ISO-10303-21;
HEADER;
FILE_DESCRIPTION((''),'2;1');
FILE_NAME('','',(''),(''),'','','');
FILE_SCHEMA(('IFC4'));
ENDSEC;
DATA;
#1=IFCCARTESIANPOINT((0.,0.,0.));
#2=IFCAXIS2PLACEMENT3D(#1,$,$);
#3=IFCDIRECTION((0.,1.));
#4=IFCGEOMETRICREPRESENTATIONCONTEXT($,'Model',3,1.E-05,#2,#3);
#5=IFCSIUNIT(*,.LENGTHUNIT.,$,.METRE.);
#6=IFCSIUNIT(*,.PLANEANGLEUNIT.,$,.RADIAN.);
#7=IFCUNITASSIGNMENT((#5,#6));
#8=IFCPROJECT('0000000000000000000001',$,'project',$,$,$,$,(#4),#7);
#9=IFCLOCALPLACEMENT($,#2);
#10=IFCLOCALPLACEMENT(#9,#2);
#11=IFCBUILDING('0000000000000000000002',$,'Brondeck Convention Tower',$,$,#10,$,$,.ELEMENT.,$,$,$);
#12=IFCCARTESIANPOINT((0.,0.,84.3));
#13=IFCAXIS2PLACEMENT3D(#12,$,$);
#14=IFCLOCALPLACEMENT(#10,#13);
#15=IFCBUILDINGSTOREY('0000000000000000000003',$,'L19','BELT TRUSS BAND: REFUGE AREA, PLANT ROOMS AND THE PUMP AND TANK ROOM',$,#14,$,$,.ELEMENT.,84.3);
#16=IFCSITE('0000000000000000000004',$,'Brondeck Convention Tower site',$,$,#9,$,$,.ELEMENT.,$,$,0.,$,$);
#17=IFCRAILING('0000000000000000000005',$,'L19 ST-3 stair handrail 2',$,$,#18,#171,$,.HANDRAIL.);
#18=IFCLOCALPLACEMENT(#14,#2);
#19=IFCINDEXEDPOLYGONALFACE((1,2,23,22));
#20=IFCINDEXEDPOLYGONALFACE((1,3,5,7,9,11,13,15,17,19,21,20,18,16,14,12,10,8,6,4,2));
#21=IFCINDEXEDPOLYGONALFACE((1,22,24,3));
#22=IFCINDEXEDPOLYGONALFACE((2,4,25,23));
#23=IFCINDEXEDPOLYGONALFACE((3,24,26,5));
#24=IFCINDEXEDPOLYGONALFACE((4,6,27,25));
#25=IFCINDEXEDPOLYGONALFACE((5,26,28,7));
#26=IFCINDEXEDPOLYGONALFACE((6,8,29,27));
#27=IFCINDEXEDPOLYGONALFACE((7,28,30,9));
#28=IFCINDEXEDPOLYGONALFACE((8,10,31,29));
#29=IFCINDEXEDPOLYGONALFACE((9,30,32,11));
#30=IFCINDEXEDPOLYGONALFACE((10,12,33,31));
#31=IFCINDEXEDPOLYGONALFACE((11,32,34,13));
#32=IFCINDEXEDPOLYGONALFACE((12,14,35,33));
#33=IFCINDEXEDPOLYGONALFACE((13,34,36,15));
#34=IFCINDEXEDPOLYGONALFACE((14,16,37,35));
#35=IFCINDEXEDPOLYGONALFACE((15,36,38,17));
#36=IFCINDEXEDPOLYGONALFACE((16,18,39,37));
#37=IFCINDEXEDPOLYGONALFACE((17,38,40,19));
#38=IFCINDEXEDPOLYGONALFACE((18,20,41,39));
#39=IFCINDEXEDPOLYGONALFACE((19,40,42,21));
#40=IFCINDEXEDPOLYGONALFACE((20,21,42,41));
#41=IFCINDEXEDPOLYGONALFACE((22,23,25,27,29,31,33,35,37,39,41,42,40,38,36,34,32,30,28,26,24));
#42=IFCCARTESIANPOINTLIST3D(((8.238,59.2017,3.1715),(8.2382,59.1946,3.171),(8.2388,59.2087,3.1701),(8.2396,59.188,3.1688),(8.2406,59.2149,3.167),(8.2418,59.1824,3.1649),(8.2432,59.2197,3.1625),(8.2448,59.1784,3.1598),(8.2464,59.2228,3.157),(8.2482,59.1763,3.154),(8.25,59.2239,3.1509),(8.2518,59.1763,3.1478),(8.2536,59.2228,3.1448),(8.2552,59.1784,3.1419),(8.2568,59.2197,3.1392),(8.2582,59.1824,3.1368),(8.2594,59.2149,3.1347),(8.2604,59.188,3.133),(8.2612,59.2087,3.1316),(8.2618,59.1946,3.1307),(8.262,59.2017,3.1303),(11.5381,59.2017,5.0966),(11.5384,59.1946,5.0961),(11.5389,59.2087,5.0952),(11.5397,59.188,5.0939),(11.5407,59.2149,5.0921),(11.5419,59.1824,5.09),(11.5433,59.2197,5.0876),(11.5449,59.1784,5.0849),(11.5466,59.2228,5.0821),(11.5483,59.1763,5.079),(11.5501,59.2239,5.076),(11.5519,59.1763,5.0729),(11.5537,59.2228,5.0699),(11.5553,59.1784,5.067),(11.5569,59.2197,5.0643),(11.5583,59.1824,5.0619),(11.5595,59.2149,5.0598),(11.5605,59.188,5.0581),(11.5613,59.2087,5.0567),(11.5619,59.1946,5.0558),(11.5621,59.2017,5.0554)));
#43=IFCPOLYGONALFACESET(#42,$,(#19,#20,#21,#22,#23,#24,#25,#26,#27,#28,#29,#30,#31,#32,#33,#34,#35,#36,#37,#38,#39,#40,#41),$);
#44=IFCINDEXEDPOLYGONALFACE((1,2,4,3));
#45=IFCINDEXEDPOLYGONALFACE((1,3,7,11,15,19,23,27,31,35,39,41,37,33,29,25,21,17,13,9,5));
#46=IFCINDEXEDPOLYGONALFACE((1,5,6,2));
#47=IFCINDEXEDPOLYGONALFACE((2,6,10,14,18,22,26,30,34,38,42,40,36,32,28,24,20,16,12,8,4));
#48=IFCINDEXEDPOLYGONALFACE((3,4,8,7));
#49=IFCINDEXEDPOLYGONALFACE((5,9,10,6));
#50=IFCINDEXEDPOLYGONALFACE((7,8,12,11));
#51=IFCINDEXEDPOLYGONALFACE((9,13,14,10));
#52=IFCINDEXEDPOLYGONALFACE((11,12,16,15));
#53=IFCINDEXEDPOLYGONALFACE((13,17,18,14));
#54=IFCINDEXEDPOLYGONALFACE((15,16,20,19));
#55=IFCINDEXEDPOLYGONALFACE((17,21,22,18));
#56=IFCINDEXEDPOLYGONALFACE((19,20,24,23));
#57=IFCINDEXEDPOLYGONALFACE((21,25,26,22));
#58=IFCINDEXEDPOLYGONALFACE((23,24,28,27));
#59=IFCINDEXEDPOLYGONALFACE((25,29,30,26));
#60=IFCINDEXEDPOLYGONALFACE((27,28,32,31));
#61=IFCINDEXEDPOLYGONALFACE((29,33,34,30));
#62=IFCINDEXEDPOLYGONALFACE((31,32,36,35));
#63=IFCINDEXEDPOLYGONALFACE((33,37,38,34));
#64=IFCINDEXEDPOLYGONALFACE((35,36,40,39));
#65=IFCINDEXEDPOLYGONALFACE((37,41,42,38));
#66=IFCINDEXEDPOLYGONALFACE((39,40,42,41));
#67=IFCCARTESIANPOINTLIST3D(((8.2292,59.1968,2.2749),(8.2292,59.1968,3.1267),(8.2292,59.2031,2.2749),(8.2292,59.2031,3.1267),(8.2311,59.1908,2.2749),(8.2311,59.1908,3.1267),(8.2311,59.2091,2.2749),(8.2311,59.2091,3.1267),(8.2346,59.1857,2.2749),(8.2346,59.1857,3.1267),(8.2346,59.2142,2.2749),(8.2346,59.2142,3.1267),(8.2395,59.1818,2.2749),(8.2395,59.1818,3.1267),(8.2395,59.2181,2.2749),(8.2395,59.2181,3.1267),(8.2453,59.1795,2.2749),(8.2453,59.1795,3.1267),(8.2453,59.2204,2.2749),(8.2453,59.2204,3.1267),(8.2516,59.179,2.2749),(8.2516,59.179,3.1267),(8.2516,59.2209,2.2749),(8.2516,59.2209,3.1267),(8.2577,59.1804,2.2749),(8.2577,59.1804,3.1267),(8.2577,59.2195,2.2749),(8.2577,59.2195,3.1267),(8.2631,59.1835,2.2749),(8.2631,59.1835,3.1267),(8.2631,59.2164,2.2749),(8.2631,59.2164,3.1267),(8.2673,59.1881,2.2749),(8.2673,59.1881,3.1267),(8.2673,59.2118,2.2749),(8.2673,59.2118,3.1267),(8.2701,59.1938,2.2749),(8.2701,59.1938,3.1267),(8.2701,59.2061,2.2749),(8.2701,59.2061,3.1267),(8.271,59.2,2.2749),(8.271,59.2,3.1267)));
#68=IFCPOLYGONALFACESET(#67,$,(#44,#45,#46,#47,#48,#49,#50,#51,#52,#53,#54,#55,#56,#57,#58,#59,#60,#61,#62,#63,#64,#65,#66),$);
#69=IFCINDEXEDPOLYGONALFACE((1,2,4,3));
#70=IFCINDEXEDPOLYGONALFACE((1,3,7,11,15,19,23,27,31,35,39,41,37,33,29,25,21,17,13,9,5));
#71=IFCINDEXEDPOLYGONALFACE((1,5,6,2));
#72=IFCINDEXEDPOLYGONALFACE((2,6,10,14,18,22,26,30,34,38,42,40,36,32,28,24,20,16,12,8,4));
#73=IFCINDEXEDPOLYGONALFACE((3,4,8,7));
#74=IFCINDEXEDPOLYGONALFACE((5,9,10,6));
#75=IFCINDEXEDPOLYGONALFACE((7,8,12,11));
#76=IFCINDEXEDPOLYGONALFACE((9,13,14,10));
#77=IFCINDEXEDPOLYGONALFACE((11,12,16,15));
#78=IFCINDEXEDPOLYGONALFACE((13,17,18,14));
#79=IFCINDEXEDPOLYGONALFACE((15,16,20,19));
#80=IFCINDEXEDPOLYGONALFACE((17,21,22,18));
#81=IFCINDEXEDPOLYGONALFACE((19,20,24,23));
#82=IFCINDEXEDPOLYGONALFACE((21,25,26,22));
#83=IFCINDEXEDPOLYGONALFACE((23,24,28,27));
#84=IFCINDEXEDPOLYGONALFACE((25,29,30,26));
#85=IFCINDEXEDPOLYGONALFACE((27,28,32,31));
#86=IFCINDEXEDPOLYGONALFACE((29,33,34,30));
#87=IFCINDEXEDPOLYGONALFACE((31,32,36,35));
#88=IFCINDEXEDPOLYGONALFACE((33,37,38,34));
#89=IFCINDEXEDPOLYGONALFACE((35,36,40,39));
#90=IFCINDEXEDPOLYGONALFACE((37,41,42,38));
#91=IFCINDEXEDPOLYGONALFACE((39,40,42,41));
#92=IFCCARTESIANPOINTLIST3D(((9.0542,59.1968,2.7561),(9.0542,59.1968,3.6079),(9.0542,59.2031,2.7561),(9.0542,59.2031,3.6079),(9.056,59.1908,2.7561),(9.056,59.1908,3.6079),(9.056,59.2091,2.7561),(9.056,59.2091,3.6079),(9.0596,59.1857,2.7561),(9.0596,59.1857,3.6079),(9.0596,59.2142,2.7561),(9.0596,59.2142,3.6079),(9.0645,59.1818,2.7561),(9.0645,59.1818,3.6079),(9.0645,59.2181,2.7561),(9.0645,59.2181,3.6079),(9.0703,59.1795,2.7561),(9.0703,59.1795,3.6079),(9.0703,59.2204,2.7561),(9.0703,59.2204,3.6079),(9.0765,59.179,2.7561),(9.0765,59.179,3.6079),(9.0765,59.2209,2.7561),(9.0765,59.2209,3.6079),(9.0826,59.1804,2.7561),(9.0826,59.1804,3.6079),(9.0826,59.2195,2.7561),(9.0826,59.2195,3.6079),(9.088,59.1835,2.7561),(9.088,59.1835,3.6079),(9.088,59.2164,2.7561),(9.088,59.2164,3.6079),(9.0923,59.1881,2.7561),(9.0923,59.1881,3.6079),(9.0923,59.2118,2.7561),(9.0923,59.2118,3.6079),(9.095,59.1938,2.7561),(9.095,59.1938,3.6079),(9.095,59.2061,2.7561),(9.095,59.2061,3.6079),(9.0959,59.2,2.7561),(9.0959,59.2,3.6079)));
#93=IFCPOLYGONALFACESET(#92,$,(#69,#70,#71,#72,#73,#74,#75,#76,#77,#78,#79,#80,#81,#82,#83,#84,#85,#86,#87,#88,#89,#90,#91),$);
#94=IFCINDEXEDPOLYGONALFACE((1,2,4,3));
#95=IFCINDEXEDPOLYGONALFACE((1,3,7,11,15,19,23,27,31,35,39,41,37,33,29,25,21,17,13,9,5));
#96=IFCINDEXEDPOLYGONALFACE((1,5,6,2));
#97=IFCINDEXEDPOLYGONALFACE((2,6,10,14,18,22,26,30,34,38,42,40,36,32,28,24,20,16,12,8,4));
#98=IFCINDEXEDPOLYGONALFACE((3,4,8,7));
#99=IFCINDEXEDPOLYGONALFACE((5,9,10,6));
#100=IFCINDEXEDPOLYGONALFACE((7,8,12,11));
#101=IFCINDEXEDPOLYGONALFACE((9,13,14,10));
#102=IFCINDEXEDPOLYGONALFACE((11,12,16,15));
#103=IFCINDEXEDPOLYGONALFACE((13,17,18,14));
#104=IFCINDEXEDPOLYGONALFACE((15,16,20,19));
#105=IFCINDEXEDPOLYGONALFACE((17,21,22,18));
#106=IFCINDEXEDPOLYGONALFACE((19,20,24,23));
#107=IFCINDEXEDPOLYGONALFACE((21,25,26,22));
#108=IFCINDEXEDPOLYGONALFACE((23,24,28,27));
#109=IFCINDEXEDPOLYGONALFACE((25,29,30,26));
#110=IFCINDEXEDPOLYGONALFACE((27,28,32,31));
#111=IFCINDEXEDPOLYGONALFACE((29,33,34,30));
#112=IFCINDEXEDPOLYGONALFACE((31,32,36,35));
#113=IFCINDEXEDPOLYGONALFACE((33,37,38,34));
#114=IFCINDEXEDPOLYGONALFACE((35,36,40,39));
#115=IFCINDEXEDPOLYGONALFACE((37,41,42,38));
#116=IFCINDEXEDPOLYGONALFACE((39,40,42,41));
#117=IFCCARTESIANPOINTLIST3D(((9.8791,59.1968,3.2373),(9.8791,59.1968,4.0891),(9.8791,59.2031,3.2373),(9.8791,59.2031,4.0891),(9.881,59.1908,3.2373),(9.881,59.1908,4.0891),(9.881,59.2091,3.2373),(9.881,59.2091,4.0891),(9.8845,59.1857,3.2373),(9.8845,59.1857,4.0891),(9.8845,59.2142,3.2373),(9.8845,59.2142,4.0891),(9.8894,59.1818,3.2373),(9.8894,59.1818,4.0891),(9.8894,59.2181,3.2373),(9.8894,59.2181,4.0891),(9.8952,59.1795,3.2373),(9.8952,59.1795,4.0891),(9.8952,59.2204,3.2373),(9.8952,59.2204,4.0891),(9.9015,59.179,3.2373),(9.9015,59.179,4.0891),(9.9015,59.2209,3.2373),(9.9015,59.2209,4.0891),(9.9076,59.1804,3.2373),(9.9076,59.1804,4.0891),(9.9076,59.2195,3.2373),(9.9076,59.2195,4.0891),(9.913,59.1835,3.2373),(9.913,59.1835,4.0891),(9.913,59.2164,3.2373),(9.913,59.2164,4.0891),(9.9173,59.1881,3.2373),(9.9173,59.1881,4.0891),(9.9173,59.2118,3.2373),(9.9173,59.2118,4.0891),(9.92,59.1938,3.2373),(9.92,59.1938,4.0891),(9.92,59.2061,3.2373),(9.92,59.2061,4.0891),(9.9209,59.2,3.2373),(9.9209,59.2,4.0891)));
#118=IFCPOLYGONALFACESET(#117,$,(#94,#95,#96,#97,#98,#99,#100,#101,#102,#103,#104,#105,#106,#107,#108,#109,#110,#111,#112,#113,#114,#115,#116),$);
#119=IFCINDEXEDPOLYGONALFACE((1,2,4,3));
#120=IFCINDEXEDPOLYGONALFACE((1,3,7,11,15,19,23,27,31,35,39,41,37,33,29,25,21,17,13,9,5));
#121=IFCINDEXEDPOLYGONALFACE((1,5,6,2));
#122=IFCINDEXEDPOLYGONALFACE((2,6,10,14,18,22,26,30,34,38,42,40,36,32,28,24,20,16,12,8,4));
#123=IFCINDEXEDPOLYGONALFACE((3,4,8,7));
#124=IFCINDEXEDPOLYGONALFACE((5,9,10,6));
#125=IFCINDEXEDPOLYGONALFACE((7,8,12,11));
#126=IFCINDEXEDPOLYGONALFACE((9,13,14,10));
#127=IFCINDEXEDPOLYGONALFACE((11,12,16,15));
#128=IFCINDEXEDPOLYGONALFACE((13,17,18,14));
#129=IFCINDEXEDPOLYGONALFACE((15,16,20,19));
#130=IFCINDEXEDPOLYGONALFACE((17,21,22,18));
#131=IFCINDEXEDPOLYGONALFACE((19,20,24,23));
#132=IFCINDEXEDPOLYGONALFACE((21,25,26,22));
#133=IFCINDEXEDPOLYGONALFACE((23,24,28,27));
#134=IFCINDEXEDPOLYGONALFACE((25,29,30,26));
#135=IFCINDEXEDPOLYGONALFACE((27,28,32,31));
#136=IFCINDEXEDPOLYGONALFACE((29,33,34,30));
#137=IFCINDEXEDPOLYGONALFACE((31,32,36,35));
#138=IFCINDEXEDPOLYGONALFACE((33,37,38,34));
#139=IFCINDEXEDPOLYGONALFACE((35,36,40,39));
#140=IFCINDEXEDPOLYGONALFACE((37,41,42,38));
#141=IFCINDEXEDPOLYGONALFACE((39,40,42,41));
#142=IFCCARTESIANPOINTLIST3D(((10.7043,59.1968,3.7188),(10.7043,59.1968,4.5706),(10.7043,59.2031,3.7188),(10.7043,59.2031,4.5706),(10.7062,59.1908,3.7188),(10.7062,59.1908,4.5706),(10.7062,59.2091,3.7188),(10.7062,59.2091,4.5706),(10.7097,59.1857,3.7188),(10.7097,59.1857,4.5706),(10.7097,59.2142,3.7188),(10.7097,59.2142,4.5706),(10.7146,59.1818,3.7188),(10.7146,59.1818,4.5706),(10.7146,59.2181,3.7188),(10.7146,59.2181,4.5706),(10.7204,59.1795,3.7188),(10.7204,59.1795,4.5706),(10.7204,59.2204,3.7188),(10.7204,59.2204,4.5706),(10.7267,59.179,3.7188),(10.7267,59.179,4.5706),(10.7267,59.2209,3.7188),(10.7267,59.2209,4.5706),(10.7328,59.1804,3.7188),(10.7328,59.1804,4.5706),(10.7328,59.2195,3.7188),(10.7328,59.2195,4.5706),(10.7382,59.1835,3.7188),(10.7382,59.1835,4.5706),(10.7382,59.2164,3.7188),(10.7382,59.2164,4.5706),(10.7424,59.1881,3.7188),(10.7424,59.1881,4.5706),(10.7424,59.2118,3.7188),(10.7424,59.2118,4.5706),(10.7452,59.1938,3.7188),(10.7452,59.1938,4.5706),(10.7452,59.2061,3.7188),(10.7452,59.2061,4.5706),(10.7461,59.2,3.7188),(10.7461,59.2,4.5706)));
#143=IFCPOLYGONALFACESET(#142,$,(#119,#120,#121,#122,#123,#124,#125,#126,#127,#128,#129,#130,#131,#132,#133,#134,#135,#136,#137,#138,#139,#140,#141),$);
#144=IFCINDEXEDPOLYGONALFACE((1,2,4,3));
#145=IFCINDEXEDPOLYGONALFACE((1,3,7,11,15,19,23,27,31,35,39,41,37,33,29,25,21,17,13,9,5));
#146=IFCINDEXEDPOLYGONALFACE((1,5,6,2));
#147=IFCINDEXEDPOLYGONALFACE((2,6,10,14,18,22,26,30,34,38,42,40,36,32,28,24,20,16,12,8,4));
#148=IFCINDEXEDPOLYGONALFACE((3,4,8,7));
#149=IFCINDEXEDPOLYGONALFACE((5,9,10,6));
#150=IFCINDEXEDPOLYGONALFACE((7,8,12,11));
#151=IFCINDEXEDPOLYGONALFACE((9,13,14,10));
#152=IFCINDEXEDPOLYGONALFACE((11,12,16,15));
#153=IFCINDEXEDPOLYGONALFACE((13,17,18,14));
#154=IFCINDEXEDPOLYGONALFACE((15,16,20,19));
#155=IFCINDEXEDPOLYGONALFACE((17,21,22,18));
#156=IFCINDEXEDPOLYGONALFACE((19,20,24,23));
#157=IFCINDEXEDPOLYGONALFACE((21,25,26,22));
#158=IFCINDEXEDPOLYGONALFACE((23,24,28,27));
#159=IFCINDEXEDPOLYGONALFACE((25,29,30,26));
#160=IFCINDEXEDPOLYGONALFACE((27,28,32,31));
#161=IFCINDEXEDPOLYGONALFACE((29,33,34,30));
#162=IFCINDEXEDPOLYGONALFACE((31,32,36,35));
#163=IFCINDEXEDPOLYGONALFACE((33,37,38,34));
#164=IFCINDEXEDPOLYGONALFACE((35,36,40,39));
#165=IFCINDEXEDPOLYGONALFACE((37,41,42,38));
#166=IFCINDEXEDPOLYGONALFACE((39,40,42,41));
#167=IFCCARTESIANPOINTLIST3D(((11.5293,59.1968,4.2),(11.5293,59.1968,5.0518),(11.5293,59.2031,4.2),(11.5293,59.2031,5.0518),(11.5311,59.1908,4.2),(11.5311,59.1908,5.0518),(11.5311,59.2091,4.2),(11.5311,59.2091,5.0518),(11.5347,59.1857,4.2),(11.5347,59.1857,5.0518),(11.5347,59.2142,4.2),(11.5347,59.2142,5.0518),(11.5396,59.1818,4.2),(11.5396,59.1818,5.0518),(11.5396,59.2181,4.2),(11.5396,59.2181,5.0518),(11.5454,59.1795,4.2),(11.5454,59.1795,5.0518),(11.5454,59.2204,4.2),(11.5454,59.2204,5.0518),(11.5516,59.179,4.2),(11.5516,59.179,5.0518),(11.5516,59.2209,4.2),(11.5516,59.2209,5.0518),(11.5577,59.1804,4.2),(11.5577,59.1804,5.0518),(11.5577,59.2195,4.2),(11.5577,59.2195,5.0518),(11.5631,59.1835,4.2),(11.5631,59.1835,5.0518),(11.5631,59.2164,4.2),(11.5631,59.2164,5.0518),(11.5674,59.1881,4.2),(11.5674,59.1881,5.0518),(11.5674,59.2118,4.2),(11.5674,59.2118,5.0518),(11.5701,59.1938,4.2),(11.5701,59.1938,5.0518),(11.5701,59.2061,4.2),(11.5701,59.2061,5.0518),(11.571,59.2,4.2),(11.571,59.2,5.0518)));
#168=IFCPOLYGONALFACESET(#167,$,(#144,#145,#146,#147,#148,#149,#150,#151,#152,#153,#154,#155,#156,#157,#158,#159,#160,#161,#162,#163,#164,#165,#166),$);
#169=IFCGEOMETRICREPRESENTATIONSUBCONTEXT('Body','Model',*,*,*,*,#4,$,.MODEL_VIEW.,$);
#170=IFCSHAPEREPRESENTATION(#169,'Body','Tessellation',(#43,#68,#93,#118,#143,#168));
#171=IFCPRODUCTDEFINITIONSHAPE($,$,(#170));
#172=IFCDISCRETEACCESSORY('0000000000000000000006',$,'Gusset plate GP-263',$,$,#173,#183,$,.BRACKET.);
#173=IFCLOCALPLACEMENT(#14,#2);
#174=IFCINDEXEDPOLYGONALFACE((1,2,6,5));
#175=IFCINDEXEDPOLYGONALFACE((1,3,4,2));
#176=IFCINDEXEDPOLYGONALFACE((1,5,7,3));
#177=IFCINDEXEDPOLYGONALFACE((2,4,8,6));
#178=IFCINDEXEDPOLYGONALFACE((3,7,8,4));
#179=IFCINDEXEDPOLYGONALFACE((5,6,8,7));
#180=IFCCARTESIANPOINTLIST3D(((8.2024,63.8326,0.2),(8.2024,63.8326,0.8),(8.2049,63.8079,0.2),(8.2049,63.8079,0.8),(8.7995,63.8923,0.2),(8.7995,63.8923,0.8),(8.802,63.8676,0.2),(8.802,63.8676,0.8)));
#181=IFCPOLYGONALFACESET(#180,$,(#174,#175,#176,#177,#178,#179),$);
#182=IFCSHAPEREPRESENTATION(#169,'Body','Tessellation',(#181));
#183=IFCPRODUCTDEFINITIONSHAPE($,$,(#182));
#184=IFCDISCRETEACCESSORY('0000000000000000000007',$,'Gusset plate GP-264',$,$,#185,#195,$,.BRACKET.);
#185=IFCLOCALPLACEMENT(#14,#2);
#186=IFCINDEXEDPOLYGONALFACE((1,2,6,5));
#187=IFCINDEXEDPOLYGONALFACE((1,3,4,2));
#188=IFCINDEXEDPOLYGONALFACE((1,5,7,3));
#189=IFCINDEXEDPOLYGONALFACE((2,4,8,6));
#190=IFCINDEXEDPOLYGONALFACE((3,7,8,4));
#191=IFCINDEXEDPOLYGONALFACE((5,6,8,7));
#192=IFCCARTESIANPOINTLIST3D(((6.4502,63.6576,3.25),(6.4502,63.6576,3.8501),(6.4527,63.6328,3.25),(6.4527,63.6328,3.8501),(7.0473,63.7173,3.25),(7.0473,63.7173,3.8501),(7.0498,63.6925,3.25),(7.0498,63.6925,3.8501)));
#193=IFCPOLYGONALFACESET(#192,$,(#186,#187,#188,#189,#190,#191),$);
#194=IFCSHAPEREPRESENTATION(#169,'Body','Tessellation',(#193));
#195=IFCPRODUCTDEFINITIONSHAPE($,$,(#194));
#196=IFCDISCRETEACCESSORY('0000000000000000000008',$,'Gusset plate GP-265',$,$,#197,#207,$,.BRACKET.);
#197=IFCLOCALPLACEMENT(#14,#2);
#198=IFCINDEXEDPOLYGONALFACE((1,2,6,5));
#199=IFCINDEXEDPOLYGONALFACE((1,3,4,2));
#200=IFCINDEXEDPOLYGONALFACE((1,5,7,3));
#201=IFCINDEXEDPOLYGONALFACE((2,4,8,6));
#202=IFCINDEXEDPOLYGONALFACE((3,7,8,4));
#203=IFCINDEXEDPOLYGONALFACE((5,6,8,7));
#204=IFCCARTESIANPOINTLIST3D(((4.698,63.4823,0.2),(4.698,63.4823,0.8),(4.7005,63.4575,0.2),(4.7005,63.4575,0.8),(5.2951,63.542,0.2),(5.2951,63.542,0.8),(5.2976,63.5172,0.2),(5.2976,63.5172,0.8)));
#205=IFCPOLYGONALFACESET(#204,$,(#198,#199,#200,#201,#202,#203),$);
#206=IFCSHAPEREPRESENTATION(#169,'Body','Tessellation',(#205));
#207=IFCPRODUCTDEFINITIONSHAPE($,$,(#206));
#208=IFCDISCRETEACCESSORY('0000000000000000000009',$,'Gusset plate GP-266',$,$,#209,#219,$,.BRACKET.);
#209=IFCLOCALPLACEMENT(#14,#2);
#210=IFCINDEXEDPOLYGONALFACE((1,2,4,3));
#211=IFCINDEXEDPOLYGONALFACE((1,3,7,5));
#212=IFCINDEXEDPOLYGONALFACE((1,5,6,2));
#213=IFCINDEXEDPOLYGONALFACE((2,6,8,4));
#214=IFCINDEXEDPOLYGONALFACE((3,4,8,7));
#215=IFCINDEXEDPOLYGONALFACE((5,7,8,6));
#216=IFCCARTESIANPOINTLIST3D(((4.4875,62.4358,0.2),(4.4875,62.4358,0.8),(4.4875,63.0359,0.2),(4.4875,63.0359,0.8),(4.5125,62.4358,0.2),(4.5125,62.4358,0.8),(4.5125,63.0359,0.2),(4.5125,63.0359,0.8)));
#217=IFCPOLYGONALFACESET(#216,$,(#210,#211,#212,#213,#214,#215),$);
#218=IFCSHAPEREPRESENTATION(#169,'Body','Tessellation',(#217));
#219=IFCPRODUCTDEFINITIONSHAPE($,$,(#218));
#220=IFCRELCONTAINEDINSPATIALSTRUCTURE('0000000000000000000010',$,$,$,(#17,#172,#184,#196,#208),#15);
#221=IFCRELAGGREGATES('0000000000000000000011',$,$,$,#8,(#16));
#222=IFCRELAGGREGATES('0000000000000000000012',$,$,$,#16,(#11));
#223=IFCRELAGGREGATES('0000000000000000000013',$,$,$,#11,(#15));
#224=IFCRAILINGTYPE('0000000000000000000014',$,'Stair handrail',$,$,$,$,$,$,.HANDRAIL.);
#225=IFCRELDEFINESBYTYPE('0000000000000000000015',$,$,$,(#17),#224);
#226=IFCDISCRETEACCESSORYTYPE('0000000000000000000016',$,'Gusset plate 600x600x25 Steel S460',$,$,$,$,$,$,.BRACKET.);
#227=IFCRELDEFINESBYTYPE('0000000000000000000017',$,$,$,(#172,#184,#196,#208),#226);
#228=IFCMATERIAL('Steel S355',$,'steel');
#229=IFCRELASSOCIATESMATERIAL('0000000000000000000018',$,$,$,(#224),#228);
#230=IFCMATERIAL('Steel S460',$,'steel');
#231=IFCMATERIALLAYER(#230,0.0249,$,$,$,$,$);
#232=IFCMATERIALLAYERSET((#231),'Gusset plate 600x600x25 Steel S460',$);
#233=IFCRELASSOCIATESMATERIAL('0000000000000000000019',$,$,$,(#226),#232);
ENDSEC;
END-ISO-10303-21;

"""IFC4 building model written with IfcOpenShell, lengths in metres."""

from ifc_helpers import new_model, si_unit, direction, frame, origin, origin_2d, place, context, subcontext, project, spatial, rectangle, circle, extrude, material, layer, layer_set, type_object, element, save


model = new_model("IFC4")

# Units and contexts
model_context = context("Model", 3, precision=1e-05, world=origin(), true_north=direction((0.0, 1.0)))
body_context = subcontext(model_context, "Body", "Model", "MODEL_VIEW")
ifc_project = project(units=[si_unit("LENGTHUNIT", "METRE"), si_unit("PLANEANGLEUNIT", "RADIAN")], contexts=[model_context])

# Site, building, storey
site_placement = place(None, origin())
site = spatial("IfcSite", under=ifc_project, at=site_placement, Name="Brondeck Convention Tower site", CompositionType="ELEMENT", RefElevation=0.0)
building_placement = place(site_placement, origin())
building = spatial("IfcBuilding", under=site, at=building_placement, Name="Brondeck Convention Tower", CompositionType="ELEMENT")
storey_placement = place(building_placement, frame((0.0, 0.0, 84.3)))
storey = spatial("IfcBuildingStorey", under=building, at=storey_placement, Name="L19", Description="BELT TRUSS BAND: REFUGE AREA, PLANT ROOMS AND THE PUMP AND TANK ROOM", CompositionType="ELEMENT", Elevation=84.3)

# Shared definitions
ifc_material_1 = material(Name="Steel S460", Category="steel")

# Railing
ifc_material_2 = material(Name="Steel S355", Category="steel")
railing_type = type_object("IfcRailingType", Name="Stair handrail", PredefinedType="HANDRAIL", material=ifc_material_2)
railing_placement = place(storey_placement, frame((8.25, 59.2, 2.2749)))
element("IfcRailing", 1, at=railing_placement, inside=storey, type_object=railing_type, Name="L19 ST-3 stair handrail 2", PredefinedType="HANDRAIL", context=body_context, shape_type="SweptSolid", body=[
    extrude(circle(Radius=0.0239, at=origin_2d()), frame((0.0, 0.0, 0.876), z_axis=(0.863777, 0.0, 0.503875), x_axis=(0.0, 1.0, 0.0)), (0.0, 0.0, 1.0), 3.8206),
    extrude(circle(Radius=0.021, at=origin_2d()), origin(), (0.0, 0.0, 1.0), 0.8518),
    extrude(circle(Radius=0.021, at=origin_2d()), frame((0.825, 0.0, 0.4812)), (0.0, 0.0, 1.0), 0.8518),
    extrude(circle(Radius=0.021, at=origin_2d()), frame((1.6499, 0.0, 0.9624)), (0.0, 0.0, 1.0), 0.8518),
    extrude(circle(Radius=0.021, at=origin_2d()), frame((2.4751, 0.0, 1.4438)), (0.0, 0.0, 1.0), 0.8518),
    extrude(circle(Radius=0.021, at=origin_2d()), frame((3.3, 0.0, 1.925)), (0.0, 0.0, 1.0), 0.8518),
])

# Discrete accessories
ifc_layer_1 = layer(ifc_material_1, 0.0249)
ifc_layer_set_1 = layer_set([ifc_layer_1], Name="Gusset plate 600x600x25 Steel S460")
discrete_accessory_type = type_object("IfcDiscreteAccessoryType", Name="Gusset plate 600x600x25 Steel S460", PredefinedType="BRACKET", material=ifc_layer_set_1)
for number, where, z_axis, x_axis, name in (
    (2, (8.5022, 63.8501, 0.2), (0.0, 0.0, 1.0), (0.995036, 0.099511, 0.0), "Gusset plate GP-263"),
    (3, (6.75, 63.675, 3.25), (0.0, 0.0, 1.0), (0.995036, 0.099511, 0.0), "Gusset plate GP-264"),
    (4, (4.9978, 63.4998, 0.2), (0.0, 0.0, 1.0), (0.995036, 0.099511, 0.0), "Gusset plate GP-265"),
    (5, (4.5, 62.7358, 0.2), (0.0, 0.0, 1.0), (0.0, 1.0, 0.0), "Gusset plate GP-266"),
):
    element("IfcDiscreteAccessory", number, at=place(storey_placement, frame(where, z_axis=z_axis, x_axis=x_axis)), inside=storey, type_object=discrete_accessory_type, Name=name, PredefinedType="BRACKET", context=body_context, shape_type="SweptSolid", body=[
        extrude(rectangle(XDim=0.6001, YDim=0.0249, at=origin_2d()), origin(), (0.0, 0.0, 1.0), 0.6001),
    ])

save(model, "model.ifc")
